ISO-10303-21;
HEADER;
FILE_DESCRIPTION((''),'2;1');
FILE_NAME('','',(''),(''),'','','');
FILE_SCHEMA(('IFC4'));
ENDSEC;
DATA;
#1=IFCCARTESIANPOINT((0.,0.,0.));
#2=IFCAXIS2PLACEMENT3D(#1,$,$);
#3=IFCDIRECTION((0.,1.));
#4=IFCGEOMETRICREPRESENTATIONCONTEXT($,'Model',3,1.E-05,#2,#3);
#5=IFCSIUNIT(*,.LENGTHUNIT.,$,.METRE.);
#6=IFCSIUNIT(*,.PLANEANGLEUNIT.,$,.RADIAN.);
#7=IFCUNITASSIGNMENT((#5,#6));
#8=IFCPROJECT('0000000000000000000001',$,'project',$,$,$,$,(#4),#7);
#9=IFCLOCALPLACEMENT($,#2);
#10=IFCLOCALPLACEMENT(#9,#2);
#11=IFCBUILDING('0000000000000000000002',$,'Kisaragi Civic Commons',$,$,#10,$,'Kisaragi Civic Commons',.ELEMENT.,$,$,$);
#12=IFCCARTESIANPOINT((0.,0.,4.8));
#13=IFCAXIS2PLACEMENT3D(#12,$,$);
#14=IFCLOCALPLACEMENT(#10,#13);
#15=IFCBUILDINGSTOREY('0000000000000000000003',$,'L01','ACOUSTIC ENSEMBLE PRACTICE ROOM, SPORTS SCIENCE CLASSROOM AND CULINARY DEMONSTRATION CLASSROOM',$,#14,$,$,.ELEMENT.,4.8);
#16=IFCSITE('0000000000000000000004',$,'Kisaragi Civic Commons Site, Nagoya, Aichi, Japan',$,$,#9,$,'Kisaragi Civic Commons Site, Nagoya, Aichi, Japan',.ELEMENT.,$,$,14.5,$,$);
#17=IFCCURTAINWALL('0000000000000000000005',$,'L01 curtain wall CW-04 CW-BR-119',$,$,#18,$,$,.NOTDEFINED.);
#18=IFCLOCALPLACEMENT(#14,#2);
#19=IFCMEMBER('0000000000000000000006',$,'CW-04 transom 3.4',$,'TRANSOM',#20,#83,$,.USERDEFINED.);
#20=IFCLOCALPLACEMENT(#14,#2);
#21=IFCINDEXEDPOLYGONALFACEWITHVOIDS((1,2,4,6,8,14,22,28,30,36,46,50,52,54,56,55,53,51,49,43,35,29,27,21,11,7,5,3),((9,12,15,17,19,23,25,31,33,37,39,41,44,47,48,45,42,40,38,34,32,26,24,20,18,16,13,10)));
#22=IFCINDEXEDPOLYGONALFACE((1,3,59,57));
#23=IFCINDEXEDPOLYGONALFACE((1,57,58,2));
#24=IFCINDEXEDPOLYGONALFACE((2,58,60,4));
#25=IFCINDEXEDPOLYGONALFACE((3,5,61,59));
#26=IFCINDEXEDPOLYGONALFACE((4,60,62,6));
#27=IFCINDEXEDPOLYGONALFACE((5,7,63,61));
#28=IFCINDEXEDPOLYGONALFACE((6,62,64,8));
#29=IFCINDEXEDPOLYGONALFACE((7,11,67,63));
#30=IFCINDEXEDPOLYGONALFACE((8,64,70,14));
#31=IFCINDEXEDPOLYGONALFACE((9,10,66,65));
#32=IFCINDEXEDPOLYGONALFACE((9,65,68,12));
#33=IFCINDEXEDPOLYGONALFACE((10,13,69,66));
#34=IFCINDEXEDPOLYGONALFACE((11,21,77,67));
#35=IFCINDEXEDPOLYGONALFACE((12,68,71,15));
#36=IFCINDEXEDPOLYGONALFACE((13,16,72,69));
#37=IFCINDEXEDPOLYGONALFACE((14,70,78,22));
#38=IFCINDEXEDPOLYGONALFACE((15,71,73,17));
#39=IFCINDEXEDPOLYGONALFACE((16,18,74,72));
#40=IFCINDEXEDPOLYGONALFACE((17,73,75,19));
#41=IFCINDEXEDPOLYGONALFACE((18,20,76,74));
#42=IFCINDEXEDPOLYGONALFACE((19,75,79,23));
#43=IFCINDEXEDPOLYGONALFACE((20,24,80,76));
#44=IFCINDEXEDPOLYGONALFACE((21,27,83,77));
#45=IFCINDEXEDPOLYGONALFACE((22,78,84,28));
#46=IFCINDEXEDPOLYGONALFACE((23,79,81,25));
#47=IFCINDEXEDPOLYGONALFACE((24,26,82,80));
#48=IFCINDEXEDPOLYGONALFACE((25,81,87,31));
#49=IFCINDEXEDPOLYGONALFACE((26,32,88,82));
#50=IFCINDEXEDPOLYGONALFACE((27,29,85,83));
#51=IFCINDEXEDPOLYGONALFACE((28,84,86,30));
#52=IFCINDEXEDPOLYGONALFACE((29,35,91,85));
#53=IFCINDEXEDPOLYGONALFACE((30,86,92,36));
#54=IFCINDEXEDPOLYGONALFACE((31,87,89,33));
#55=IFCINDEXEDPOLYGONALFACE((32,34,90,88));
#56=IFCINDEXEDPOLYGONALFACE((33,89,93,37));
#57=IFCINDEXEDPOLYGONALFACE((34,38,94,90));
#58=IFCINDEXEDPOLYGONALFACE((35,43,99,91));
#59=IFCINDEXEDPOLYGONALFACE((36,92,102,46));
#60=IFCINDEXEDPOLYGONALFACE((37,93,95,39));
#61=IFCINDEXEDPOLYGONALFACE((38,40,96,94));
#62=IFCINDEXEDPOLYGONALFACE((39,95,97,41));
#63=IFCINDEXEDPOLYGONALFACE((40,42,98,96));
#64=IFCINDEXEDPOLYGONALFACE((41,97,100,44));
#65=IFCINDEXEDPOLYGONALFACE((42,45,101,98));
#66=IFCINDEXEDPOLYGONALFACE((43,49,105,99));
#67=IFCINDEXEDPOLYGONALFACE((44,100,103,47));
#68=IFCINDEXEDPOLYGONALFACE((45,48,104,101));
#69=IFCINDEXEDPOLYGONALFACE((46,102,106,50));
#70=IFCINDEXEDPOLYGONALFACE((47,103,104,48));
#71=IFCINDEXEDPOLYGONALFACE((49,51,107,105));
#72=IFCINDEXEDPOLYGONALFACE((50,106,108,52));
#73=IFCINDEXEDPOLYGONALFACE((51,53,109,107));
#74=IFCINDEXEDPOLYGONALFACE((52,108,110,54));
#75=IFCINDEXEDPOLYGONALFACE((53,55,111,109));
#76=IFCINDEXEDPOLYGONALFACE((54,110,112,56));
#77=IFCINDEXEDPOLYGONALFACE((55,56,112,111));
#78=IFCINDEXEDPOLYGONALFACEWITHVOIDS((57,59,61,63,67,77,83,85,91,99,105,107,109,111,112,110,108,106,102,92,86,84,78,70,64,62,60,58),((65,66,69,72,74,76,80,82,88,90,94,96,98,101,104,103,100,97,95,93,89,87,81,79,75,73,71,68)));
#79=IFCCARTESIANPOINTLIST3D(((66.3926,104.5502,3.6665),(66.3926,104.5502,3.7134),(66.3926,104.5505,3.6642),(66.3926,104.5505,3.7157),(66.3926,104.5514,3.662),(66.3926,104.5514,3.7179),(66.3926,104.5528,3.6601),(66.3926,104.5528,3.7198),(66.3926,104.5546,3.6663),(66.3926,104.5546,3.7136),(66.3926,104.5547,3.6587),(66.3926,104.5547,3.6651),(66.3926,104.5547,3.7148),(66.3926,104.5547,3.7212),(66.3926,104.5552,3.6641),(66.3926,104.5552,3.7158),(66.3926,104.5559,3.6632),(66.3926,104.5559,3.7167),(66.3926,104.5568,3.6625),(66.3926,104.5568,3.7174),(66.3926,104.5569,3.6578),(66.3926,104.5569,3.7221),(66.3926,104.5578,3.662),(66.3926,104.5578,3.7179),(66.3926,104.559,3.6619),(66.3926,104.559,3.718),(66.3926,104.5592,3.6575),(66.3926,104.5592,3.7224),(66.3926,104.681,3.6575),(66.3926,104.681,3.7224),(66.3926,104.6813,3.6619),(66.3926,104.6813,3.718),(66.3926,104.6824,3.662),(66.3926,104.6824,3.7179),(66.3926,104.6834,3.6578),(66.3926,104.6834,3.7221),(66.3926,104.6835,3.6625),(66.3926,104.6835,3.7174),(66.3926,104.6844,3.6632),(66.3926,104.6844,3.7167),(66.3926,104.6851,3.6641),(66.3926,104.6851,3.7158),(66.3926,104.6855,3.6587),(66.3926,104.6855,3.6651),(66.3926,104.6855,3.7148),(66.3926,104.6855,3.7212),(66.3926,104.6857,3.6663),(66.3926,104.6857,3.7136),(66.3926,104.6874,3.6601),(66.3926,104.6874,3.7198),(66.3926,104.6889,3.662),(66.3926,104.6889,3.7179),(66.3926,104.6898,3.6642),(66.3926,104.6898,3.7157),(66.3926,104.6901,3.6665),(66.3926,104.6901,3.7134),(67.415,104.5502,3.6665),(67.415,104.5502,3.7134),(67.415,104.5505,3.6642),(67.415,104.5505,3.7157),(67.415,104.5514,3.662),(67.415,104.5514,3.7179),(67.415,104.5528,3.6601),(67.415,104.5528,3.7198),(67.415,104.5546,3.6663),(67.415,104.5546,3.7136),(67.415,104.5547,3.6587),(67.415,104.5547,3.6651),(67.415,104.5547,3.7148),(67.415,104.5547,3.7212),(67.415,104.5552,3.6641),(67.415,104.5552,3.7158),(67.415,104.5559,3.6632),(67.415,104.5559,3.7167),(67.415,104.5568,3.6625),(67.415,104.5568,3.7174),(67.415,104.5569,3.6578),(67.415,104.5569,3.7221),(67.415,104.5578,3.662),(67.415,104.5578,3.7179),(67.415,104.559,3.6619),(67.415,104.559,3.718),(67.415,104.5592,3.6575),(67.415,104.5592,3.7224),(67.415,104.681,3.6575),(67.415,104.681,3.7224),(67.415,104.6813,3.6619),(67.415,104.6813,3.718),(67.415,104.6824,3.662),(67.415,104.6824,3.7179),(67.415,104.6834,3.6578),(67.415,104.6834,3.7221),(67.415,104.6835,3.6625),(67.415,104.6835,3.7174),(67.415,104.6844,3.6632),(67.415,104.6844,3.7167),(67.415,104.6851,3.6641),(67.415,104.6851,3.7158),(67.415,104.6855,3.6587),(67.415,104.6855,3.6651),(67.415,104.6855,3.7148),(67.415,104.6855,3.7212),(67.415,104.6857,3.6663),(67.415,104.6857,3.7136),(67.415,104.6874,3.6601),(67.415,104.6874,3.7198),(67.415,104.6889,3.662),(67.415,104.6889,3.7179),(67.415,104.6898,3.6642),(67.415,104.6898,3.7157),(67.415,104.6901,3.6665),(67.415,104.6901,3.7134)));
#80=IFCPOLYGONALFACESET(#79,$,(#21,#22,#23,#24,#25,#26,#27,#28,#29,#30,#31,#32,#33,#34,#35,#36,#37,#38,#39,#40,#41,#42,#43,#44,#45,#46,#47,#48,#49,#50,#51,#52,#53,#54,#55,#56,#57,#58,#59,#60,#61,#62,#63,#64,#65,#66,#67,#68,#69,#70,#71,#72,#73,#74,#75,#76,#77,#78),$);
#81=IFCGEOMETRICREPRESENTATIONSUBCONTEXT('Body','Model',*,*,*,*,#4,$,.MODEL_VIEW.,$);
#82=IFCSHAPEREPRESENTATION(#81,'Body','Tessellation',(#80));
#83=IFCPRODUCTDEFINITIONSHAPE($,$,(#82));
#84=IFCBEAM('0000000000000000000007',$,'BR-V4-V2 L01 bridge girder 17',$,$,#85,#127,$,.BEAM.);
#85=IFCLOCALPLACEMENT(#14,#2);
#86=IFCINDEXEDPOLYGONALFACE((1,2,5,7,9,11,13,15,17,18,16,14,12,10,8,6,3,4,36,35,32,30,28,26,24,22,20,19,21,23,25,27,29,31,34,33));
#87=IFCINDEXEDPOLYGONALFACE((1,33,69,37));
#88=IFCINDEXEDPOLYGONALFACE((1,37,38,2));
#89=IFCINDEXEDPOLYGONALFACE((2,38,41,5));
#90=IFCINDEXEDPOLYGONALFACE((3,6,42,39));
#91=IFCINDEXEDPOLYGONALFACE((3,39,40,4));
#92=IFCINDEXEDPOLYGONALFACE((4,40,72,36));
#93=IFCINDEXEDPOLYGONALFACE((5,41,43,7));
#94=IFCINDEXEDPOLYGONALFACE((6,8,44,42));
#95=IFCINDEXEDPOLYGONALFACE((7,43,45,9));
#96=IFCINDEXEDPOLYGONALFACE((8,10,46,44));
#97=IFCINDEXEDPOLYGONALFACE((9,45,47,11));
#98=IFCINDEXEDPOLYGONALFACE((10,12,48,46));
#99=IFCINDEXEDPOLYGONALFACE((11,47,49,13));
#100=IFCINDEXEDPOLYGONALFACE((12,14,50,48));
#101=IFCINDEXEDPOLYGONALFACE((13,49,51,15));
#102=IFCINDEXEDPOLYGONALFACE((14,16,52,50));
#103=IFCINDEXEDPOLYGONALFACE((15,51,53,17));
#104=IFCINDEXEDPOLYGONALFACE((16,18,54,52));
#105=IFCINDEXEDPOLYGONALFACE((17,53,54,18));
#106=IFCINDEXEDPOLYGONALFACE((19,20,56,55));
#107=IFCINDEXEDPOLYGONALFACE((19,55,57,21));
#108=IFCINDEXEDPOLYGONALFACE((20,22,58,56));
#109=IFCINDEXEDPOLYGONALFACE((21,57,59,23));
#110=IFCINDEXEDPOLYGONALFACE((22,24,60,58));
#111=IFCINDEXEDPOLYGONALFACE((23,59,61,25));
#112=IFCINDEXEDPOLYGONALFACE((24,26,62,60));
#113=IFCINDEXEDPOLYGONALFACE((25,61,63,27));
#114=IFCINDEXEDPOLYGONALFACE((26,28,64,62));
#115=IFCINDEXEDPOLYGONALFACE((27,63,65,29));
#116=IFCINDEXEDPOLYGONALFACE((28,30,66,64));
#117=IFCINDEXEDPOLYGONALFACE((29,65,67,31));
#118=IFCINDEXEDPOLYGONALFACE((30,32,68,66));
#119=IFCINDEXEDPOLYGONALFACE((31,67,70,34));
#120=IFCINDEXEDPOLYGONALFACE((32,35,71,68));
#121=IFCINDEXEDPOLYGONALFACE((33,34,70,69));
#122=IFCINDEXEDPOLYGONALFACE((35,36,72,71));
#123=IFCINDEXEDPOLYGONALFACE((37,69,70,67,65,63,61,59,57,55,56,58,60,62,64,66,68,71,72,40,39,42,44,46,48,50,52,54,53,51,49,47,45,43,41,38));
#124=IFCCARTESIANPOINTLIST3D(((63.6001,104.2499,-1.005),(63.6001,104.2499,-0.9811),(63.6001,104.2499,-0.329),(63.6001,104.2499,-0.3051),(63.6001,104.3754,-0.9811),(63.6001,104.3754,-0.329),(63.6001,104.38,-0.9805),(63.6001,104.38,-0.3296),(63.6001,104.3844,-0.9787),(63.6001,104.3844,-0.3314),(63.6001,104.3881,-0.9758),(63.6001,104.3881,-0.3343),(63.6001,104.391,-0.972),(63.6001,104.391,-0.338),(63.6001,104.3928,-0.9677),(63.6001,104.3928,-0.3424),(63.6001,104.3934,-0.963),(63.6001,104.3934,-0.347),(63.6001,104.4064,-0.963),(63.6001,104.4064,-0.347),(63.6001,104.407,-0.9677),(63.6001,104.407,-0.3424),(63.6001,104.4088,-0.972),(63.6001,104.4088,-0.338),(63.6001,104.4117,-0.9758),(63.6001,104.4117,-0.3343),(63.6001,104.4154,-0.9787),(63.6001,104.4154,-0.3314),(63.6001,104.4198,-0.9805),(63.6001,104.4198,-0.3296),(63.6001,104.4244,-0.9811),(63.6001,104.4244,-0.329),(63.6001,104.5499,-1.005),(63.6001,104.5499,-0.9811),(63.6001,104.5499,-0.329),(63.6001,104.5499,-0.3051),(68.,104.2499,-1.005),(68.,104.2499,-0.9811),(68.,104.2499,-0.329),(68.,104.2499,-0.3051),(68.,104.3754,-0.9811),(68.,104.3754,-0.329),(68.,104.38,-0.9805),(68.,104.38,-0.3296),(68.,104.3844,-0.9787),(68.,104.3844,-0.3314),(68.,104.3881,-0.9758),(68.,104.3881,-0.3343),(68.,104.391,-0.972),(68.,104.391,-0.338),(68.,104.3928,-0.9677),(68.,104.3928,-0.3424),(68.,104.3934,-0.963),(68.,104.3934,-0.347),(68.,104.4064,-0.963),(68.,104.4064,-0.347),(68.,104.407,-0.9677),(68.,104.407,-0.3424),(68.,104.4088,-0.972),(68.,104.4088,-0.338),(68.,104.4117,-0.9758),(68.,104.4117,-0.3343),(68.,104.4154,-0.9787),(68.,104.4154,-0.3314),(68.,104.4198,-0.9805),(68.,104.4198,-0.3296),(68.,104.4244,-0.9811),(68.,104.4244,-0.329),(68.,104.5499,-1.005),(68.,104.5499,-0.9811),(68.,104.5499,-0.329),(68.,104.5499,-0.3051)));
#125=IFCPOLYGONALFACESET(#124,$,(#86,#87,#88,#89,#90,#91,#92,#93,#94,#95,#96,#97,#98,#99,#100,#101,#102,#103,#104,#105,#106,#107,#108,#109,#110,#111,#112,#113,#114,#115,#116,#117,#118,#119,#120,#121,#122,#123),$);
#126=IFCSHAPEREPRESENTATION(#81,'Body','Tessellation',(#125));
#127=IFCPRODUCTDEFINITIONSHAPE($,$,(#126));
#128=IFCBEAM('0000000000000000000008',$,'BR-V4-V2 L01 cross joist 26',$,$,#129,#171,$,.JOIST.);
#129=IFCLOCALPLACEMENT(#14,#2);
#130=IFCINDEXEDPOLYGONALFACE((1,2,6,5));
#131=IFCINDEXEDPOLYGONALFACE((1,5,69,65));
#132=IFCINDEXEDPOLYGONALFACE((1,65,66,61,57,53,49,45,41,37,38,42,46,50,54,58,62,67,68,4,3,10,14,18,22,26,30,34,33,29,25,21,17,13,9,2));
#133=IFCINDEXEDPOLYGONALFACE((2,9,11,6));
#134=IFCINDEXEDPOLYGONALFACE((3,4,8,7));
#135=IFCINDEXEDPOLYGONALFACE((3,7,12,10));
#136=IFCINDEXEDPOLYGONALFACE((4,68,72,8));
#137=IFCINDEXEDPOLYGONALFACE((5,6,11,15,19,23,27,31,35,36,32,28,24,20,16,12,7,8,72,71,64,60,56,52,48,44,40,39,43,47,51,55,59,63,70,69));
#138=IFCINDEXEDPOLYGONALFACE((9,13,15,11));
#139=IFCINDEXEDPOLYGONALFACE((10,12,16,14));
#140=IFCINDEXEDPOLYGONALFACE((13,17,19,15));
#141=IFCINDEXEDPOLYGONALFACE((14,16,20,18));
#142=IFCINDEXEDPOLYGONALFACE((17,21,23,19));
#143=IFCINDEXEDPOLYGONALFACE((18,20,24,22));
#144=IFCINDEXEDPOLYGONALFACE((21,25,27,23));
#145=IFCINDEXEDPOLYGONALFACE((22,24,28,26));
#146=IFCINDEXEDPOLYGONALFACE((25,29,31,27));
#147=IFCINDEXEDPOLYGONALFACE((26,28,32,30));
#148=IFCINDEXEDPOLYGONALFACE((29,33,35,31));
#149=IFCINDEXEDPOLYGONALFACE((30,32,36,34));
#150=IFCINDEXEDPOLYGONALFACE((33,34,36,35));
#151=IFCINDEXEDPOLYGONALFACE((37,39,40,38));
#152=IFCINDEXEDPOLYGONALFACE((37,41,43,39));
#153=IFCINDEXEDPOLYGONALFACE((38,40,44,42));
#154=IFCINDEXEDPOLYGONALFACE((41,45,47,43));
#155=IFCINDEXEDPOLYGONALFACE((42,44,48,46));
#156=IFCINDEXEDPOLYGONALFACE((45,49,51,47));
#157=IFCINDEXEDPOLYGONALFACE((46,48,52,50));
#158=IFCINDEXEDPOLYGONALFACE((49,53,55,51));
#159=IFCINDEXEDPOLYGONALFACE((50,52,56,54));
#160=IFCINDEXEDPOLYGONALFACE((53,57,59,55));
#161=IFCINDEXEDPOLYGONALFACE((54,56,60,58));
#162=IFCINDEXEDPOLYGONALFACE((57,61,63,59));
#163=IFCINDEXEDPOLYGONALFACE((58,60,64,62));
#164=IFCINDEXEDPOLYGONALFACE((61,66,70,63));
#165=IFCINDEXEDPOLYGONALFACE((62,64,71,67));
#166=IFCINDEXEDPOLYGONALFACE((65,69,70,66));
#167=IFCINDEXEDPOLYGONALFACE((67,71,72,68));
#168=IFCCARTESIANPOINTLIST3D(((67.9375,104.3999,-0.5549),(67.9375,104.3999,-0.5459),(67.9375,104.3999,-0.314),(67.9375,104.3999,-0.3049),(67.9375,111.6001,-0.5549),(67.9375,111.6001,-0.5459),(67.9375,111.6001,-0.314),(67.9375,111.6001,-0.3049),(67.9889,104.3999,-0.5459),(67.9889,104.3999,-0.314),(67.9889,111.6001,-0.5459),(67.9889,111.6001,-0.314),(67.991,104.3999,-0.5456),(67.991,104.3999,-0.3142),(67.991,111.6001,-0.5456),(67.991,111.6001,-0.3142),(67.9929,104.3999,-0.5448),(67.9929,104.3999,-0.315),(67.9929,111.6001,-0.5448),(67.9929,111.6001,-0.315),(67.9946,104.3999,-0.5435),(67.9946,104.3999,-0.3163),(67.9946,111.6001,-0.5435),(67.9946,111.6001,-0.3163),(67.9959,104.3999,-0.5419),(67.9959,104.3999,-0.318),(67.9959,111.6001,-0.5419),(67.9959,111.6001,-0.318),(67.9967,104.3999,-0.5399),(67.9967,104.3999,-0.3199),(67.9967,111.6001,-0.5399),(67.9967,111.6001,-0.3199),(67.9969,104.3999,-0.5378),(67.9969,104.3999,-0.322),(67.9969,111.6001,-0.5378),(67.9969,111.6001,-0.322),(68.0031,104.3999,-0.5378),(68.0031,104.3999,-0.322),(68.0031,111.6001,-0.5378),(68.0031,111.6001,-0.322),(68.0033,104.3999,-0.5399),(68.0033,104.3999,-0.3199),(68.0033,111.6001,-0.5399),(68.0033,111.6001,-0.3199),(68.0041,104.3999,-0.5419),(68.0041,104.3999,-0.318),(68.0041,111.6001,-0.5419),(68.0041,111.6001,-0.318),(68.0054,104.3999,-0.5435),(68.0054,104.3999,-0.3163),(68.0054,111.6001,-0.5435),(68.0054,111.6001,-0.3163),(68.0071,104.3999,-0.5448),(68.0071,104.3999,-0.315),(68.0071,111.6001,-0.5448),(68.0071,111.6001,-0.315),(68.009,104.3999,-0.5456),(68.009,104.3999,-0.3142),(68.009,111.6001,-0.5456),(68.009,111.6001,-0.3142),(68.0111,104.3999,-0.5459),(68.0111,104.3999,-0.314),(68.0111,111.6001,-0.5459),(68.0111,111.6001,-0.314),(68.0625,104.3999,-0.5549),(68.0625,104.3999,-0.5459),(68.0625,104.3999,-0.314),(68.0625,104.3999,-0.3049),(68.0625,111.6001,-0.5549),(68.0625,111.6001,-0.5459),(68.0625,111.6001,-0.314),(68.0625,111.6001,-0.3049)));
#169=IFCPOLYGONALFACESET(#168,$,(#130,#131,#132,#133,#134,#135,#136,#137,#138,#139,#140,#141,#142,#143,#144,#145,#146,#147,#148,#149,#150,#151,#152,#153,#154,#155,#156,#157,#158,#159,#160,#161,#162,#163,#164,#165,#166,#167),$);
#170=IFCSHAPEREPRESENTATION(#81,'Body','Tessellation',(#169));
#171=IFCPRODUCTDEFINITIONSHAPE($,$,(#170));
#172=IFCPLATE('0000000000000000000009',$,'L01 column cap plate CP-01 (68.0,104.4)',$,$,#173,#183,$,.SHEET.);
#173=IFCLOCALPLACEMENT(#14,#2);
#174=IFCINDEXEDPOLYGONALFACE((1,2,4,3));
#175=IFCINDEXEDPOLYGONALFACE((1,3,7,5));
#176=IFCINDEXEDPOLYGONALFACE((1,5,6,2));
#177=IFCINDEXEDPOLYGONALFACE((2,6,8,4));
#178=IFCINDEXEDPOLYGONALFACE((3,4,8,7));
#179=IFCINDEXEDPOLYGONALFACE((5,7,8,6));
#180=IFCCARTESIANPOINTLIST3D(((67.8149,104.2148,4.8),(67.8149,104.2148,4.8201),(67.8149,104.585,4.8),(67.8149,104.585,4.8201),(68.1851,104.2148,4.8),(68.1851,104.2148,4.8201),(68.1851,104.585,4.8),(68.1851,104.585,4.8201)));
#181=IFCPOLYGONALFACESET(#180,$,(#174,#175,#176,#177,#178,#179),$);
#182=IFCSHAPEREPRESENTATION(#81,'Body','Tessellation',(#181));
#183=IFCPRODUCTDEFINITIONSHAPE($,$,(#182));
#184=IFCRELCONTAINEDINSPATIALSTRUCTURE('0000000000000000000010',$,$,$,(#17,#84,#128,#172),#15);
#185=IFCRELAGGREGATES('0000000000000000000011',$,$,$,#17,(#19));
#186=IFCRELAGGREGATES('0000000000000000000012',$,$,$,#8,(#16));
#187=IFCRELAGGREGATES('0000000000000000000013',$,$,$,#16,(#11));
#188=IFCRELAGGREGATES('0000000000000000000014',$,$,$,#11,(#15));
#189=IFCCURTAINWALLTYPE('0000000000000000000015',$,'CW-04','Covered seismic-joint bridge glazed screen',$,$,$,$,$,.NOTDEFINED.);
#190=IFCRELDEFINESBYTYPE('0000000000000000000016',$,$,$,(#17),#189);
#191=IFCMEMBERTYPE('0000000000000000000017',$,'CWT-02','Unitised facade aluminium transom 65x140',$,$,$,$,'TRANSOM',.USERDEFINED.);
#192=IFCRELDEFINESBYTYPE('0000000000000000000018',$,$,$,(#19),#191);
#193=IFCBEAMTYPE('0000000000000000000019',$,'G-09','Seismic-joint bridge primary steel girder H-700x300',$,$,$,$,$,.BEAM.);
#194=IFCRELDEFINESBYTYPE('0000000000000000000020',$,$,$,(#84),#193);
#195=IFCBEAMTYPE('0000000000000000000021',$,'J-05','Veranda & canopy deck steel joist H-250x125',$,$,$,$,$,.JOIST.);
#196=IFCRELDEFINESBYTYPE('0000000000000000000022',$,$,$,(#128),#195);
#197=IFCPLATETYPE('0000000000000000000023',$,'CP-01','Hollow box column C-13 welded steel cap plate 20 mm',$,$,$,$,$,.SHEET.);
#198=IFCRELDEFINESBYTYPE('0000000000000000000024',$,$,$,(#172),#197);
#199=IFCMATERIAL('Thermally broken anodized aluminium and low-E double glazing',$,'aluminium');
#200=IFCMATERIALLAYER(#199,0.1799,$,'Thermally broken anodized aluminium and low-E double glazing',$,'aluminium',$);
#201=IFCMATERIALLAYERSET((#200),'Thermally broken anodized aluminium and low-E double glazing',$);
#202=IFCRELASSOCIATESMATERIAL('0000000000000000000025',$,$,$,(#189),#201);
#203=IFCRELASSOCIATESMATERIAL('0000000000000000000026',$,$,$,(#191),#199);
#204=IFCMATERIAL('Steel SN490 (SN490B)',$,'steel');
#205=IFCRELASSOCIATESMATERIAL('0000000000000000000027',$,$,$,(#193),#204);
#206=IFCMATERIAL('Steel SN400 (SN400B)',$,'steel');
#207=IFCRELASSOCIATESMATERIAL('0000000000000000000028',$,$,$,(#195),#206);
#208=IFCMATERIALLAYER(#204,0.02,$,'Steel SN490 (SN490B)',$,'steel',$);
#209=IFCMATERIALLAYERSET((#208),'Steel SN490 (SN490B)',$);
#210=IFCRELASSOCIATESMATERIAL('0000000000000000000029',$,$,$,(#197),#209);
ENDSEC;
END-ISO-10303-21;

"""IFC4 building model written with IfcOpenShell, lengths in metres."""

from ifc_helpers import new_model, si_unit, direction, frame, origin, origin_2d, place, context, subcontext, project, spatial, rectangle, hollow_rectangle, i_section, extrude, material, layer, layer_set, material_profile, profile_set, type_object, element, aggregate, save


model = new_model("IFC4")

# Units and contexts
model_context = context("Model", 3, precision=1e-05, world=origin(), true_north=direction((0.0, 1.0)))
body_context = subcontext(model_context, "Body", "Model", "MODEL_VIEW")
ifc_project = project(units=[si_unit("LENGTHUNIT", "METRE"), si_unit("PLANEANGLEUNIT", "RADIAN")], contexts=[model_context])

# Site, building, storey
site_placement = place(None, origin())
site = spatial("IfcSite", under=ifc_project, at=site_placement, Name="Kisaragi Civic Commons Site, Nagoya, Aichi, Japan", LongName="Kisaragi Civic Commons Site, Nagoya, Aichi, Japan", CompositionType="ELEMENT", RefElevation=14.5)
building_placement = place(site_placement, origin())
building = spatial("IfcBuilding", under=site, at=building_placement, Name="Kisaragi Civic Commons", LongName="Kisaragi Civic Commons", CompositionType="ELEMENT")
storey_placement = place(building_placement, frame((0.0, 0.0, 4.8)))
storey = spatial("IfcBuildingStorey", under=building, at=storey_placement, Name="L01", Description="ACOUSTIC ENSEMBLE PRACTICE ROOM, SPORTS SCIENCE CLASSROOM AND CULINARY DEMONSTRATION CLASSROOM", CompositionType="ELEMENT", Elevation=4.8)

# Curtain wall
ifc_material_1 = material(Name="Thermally broken anodized aluminium and low-E double glazing", Category="aluminium")
ifc_layer_1 = layer(ifc_material_1, 0.1799, Name="Thermally broken anodized aluminium and low-E double glazing", Category="aluminium")
ifc_layer_set_1 = layer_set([ifc_layer_1], Name="Thermally broken anodized aluminium and low-E double glazing")
curtain_wall_type = type_object("IfcCurtainWallType", Name="CW-04", Description="Covered seismic-joint bridge glazed screen", PredefinedType="NOTDEFINED", material=ifc_layer_set_1)
curtain_wall_1_placement = place(storey_placement, origin())
curtain_wall_1 = element("IfcCurtainWall", 1, at=curtain_wall_1_placement, inside=storey, type_object=curtain_wall_type, Name="L01 curtain wall CW-04 CW-BR-119", PredefinedType="NOTDEFINED")

# Member
ifc_material_profile_1 = material_profile(ifc_material_1, hollow_rectangle(XDim=0.1399, YDim=0.0649, WallThickness=0.0044, InnerFilletRadius=0.0044, OuterFilletRadius=0.009, at=origin_2d()), Name="CWT-65x140x4.5", Category="aluminium")
ifc_profile_set_1 = profile_set([ifc_material_profile_1], Name="Thermally broken anodized aluminium and low-E double glazing")
member_type_1 = type_object("IfcMemberType", Name="CWT-02", Description="Unitised facade aluminium transom 65x140", ElementType="TRANSOM", PredefinedType="USERDEFINED", material=ifc_profile_set_1)
member_1_placement = place(storey_placement, frame((66.3926, 104.6201, 3.6899), z_axis=(1.0, 0.0, 0.0), x_axis=(0.0, 1.0, 0.0)))
member_1 = element("IfcMember", 2, at=member_1_placement, type_object=member_type_1, Name="CW-04 transom 3.4", ObjectType="TRANSOM", PredefinedType="USERDEFINED", context=body_context, shape_type="SweptSolid", body=[
    extrude(hollow_rectangle(XDim=0.1399, YDim=0.0649, WallThickness=0.0044, InnerFilletRadius=0.0044, OuterFilletRadius=0.009, at=origin_2d()), origin(), (0.0, 0.0, 1.0), 1.0225),
])

# Beams
ifc_material_2 = material(Name="Steel SN490 (SN490B)", Category="steel")
ifc_material_profile_2 = material_profile(ifc_material_2, i_section(OverallWidth=0.3, OverallDepth=0.7, WebThickness=0.0129, FlangeThickness=0.0239, FilletRadius=0.0181, at=origin_2d()), Name="H-700x300x13x24", Category="steel")
ifc_profile_set_2 = profile_set([ifc_material_profile_2], Name="Steel SN490 (SN490B)")
beam_type_1 = type_object("IfcBeamType", Name="G-09", Description="Seismic-joint bridge primary steel girder H-700x300", PredefinedType="BEAM", material=ifc_profile_set_2)
beam_1_placement = place(storey_placement, frame((68.0, 104.3999, -0.655), z_axis=(-1.0, 0.0, 0.0), x_axis=(0.0, -1.0, 0.0)))
element("IfcBeam", 3, at=beam_1_placement, inside=storey, type_object=beam_type_1, Name="BR-V4-V2 L01 bridge girder 17", PredefinedType="BEAM", context=body_context, shape_type="SweptSolid", body=[
    extrude(i_section(OverallWidth=0.3, OverallDepth=0.7, WebThickness=0.0129, FlangeThickness=0.0239, FilletRadius=0.0181, at=origin_2d()), origin(), (0.0, 0.0, 1.0), 4.3999),
])
ifc_material_3 = material(Name="Steel SN400 (SN400B)", Category="steel")
ifc_material_profile_3 = material_profile(ifc_material_3, i_section(OverallWidth=0.125, OverallDepth=0.25, WebThickness=0.0061, FlangeThickness=0.009, FilletRadius=0.0081, at=origin_2d()), Name="H-250x125x6x9", Category="steel")
ifc_profile_set_3 = profile_set([ifc_material_profile_3], Name="Steel SN400 (SN400B)")
beam_type_2 = type_object("IfcBeamType", Name="J-05", Description="Veranda & canopy deck steel joist H-250x125", PredefinedType="JOIST", material=ifc_profile_set_3)
beam_2_placement = place(storey_placement, frame((68.0, 104.3999, -0.4299), z_axis=(0.0, 1.0, 0.0), x_axis=(-1.0, 0.0, 0.0)))
element("IfcBeam", 4, at=beam_2_placement, inside=storey, type_object=beam_type_2, Name="BR-V4-V2 L01 cross joist 26", PredefinedType="JOIST", context=body_context, shape_type="SweptSolid", body=[
    extrude(i_section(OverallWidth=0.125, OverallDepth=0.25, WebThickness=0.0061, FlangeThickness=0.009, FilletRadius=0.0081, at=origin_2d()), origin(), (0.0, 0.0, 1.0), 7.2002),
])

# Plate
ifc_layer_2 = layer(ifc_material_2, 0.02, Name="Steel SN490 (SN490B)", Category="steel")
ifc_layer_set_2 = layer_set([ifc_layer_2], Name="Steel SN490 (SN490B)")
plate_type_1 = type_object("IfcPlateType", Name="CP-01", Description="Hollow box column C-13 welded steel cap plate 20 mm", PredefinedType="SHEET", material=ifc_layer_set_2)
plate_1_placement = place(storey_placement, frame((68.0, 104.3999, 4.8), z_axis=(0.0, 0.0, 1.0), x_axis=(1.0, 0.0, 0.0)))
element("IfcPlate", 5, at=plate_1_placement, inside=storey, type_object=plate_type_1, Name="L01 column cap plate CP-01 (68.0,104.4)", PredefinedType="SHEET", context=body_context, shape_type="SweptSolid", body=[
    extrude(rectangle(XDim=0.3701, YDim=0.3701, at=origin_2d()), origin(), (0.0, 0.0, 1.0), 0.02),
])
aggregate(curtain_wall_1, [member_1])

save(model, "model.ifc")
